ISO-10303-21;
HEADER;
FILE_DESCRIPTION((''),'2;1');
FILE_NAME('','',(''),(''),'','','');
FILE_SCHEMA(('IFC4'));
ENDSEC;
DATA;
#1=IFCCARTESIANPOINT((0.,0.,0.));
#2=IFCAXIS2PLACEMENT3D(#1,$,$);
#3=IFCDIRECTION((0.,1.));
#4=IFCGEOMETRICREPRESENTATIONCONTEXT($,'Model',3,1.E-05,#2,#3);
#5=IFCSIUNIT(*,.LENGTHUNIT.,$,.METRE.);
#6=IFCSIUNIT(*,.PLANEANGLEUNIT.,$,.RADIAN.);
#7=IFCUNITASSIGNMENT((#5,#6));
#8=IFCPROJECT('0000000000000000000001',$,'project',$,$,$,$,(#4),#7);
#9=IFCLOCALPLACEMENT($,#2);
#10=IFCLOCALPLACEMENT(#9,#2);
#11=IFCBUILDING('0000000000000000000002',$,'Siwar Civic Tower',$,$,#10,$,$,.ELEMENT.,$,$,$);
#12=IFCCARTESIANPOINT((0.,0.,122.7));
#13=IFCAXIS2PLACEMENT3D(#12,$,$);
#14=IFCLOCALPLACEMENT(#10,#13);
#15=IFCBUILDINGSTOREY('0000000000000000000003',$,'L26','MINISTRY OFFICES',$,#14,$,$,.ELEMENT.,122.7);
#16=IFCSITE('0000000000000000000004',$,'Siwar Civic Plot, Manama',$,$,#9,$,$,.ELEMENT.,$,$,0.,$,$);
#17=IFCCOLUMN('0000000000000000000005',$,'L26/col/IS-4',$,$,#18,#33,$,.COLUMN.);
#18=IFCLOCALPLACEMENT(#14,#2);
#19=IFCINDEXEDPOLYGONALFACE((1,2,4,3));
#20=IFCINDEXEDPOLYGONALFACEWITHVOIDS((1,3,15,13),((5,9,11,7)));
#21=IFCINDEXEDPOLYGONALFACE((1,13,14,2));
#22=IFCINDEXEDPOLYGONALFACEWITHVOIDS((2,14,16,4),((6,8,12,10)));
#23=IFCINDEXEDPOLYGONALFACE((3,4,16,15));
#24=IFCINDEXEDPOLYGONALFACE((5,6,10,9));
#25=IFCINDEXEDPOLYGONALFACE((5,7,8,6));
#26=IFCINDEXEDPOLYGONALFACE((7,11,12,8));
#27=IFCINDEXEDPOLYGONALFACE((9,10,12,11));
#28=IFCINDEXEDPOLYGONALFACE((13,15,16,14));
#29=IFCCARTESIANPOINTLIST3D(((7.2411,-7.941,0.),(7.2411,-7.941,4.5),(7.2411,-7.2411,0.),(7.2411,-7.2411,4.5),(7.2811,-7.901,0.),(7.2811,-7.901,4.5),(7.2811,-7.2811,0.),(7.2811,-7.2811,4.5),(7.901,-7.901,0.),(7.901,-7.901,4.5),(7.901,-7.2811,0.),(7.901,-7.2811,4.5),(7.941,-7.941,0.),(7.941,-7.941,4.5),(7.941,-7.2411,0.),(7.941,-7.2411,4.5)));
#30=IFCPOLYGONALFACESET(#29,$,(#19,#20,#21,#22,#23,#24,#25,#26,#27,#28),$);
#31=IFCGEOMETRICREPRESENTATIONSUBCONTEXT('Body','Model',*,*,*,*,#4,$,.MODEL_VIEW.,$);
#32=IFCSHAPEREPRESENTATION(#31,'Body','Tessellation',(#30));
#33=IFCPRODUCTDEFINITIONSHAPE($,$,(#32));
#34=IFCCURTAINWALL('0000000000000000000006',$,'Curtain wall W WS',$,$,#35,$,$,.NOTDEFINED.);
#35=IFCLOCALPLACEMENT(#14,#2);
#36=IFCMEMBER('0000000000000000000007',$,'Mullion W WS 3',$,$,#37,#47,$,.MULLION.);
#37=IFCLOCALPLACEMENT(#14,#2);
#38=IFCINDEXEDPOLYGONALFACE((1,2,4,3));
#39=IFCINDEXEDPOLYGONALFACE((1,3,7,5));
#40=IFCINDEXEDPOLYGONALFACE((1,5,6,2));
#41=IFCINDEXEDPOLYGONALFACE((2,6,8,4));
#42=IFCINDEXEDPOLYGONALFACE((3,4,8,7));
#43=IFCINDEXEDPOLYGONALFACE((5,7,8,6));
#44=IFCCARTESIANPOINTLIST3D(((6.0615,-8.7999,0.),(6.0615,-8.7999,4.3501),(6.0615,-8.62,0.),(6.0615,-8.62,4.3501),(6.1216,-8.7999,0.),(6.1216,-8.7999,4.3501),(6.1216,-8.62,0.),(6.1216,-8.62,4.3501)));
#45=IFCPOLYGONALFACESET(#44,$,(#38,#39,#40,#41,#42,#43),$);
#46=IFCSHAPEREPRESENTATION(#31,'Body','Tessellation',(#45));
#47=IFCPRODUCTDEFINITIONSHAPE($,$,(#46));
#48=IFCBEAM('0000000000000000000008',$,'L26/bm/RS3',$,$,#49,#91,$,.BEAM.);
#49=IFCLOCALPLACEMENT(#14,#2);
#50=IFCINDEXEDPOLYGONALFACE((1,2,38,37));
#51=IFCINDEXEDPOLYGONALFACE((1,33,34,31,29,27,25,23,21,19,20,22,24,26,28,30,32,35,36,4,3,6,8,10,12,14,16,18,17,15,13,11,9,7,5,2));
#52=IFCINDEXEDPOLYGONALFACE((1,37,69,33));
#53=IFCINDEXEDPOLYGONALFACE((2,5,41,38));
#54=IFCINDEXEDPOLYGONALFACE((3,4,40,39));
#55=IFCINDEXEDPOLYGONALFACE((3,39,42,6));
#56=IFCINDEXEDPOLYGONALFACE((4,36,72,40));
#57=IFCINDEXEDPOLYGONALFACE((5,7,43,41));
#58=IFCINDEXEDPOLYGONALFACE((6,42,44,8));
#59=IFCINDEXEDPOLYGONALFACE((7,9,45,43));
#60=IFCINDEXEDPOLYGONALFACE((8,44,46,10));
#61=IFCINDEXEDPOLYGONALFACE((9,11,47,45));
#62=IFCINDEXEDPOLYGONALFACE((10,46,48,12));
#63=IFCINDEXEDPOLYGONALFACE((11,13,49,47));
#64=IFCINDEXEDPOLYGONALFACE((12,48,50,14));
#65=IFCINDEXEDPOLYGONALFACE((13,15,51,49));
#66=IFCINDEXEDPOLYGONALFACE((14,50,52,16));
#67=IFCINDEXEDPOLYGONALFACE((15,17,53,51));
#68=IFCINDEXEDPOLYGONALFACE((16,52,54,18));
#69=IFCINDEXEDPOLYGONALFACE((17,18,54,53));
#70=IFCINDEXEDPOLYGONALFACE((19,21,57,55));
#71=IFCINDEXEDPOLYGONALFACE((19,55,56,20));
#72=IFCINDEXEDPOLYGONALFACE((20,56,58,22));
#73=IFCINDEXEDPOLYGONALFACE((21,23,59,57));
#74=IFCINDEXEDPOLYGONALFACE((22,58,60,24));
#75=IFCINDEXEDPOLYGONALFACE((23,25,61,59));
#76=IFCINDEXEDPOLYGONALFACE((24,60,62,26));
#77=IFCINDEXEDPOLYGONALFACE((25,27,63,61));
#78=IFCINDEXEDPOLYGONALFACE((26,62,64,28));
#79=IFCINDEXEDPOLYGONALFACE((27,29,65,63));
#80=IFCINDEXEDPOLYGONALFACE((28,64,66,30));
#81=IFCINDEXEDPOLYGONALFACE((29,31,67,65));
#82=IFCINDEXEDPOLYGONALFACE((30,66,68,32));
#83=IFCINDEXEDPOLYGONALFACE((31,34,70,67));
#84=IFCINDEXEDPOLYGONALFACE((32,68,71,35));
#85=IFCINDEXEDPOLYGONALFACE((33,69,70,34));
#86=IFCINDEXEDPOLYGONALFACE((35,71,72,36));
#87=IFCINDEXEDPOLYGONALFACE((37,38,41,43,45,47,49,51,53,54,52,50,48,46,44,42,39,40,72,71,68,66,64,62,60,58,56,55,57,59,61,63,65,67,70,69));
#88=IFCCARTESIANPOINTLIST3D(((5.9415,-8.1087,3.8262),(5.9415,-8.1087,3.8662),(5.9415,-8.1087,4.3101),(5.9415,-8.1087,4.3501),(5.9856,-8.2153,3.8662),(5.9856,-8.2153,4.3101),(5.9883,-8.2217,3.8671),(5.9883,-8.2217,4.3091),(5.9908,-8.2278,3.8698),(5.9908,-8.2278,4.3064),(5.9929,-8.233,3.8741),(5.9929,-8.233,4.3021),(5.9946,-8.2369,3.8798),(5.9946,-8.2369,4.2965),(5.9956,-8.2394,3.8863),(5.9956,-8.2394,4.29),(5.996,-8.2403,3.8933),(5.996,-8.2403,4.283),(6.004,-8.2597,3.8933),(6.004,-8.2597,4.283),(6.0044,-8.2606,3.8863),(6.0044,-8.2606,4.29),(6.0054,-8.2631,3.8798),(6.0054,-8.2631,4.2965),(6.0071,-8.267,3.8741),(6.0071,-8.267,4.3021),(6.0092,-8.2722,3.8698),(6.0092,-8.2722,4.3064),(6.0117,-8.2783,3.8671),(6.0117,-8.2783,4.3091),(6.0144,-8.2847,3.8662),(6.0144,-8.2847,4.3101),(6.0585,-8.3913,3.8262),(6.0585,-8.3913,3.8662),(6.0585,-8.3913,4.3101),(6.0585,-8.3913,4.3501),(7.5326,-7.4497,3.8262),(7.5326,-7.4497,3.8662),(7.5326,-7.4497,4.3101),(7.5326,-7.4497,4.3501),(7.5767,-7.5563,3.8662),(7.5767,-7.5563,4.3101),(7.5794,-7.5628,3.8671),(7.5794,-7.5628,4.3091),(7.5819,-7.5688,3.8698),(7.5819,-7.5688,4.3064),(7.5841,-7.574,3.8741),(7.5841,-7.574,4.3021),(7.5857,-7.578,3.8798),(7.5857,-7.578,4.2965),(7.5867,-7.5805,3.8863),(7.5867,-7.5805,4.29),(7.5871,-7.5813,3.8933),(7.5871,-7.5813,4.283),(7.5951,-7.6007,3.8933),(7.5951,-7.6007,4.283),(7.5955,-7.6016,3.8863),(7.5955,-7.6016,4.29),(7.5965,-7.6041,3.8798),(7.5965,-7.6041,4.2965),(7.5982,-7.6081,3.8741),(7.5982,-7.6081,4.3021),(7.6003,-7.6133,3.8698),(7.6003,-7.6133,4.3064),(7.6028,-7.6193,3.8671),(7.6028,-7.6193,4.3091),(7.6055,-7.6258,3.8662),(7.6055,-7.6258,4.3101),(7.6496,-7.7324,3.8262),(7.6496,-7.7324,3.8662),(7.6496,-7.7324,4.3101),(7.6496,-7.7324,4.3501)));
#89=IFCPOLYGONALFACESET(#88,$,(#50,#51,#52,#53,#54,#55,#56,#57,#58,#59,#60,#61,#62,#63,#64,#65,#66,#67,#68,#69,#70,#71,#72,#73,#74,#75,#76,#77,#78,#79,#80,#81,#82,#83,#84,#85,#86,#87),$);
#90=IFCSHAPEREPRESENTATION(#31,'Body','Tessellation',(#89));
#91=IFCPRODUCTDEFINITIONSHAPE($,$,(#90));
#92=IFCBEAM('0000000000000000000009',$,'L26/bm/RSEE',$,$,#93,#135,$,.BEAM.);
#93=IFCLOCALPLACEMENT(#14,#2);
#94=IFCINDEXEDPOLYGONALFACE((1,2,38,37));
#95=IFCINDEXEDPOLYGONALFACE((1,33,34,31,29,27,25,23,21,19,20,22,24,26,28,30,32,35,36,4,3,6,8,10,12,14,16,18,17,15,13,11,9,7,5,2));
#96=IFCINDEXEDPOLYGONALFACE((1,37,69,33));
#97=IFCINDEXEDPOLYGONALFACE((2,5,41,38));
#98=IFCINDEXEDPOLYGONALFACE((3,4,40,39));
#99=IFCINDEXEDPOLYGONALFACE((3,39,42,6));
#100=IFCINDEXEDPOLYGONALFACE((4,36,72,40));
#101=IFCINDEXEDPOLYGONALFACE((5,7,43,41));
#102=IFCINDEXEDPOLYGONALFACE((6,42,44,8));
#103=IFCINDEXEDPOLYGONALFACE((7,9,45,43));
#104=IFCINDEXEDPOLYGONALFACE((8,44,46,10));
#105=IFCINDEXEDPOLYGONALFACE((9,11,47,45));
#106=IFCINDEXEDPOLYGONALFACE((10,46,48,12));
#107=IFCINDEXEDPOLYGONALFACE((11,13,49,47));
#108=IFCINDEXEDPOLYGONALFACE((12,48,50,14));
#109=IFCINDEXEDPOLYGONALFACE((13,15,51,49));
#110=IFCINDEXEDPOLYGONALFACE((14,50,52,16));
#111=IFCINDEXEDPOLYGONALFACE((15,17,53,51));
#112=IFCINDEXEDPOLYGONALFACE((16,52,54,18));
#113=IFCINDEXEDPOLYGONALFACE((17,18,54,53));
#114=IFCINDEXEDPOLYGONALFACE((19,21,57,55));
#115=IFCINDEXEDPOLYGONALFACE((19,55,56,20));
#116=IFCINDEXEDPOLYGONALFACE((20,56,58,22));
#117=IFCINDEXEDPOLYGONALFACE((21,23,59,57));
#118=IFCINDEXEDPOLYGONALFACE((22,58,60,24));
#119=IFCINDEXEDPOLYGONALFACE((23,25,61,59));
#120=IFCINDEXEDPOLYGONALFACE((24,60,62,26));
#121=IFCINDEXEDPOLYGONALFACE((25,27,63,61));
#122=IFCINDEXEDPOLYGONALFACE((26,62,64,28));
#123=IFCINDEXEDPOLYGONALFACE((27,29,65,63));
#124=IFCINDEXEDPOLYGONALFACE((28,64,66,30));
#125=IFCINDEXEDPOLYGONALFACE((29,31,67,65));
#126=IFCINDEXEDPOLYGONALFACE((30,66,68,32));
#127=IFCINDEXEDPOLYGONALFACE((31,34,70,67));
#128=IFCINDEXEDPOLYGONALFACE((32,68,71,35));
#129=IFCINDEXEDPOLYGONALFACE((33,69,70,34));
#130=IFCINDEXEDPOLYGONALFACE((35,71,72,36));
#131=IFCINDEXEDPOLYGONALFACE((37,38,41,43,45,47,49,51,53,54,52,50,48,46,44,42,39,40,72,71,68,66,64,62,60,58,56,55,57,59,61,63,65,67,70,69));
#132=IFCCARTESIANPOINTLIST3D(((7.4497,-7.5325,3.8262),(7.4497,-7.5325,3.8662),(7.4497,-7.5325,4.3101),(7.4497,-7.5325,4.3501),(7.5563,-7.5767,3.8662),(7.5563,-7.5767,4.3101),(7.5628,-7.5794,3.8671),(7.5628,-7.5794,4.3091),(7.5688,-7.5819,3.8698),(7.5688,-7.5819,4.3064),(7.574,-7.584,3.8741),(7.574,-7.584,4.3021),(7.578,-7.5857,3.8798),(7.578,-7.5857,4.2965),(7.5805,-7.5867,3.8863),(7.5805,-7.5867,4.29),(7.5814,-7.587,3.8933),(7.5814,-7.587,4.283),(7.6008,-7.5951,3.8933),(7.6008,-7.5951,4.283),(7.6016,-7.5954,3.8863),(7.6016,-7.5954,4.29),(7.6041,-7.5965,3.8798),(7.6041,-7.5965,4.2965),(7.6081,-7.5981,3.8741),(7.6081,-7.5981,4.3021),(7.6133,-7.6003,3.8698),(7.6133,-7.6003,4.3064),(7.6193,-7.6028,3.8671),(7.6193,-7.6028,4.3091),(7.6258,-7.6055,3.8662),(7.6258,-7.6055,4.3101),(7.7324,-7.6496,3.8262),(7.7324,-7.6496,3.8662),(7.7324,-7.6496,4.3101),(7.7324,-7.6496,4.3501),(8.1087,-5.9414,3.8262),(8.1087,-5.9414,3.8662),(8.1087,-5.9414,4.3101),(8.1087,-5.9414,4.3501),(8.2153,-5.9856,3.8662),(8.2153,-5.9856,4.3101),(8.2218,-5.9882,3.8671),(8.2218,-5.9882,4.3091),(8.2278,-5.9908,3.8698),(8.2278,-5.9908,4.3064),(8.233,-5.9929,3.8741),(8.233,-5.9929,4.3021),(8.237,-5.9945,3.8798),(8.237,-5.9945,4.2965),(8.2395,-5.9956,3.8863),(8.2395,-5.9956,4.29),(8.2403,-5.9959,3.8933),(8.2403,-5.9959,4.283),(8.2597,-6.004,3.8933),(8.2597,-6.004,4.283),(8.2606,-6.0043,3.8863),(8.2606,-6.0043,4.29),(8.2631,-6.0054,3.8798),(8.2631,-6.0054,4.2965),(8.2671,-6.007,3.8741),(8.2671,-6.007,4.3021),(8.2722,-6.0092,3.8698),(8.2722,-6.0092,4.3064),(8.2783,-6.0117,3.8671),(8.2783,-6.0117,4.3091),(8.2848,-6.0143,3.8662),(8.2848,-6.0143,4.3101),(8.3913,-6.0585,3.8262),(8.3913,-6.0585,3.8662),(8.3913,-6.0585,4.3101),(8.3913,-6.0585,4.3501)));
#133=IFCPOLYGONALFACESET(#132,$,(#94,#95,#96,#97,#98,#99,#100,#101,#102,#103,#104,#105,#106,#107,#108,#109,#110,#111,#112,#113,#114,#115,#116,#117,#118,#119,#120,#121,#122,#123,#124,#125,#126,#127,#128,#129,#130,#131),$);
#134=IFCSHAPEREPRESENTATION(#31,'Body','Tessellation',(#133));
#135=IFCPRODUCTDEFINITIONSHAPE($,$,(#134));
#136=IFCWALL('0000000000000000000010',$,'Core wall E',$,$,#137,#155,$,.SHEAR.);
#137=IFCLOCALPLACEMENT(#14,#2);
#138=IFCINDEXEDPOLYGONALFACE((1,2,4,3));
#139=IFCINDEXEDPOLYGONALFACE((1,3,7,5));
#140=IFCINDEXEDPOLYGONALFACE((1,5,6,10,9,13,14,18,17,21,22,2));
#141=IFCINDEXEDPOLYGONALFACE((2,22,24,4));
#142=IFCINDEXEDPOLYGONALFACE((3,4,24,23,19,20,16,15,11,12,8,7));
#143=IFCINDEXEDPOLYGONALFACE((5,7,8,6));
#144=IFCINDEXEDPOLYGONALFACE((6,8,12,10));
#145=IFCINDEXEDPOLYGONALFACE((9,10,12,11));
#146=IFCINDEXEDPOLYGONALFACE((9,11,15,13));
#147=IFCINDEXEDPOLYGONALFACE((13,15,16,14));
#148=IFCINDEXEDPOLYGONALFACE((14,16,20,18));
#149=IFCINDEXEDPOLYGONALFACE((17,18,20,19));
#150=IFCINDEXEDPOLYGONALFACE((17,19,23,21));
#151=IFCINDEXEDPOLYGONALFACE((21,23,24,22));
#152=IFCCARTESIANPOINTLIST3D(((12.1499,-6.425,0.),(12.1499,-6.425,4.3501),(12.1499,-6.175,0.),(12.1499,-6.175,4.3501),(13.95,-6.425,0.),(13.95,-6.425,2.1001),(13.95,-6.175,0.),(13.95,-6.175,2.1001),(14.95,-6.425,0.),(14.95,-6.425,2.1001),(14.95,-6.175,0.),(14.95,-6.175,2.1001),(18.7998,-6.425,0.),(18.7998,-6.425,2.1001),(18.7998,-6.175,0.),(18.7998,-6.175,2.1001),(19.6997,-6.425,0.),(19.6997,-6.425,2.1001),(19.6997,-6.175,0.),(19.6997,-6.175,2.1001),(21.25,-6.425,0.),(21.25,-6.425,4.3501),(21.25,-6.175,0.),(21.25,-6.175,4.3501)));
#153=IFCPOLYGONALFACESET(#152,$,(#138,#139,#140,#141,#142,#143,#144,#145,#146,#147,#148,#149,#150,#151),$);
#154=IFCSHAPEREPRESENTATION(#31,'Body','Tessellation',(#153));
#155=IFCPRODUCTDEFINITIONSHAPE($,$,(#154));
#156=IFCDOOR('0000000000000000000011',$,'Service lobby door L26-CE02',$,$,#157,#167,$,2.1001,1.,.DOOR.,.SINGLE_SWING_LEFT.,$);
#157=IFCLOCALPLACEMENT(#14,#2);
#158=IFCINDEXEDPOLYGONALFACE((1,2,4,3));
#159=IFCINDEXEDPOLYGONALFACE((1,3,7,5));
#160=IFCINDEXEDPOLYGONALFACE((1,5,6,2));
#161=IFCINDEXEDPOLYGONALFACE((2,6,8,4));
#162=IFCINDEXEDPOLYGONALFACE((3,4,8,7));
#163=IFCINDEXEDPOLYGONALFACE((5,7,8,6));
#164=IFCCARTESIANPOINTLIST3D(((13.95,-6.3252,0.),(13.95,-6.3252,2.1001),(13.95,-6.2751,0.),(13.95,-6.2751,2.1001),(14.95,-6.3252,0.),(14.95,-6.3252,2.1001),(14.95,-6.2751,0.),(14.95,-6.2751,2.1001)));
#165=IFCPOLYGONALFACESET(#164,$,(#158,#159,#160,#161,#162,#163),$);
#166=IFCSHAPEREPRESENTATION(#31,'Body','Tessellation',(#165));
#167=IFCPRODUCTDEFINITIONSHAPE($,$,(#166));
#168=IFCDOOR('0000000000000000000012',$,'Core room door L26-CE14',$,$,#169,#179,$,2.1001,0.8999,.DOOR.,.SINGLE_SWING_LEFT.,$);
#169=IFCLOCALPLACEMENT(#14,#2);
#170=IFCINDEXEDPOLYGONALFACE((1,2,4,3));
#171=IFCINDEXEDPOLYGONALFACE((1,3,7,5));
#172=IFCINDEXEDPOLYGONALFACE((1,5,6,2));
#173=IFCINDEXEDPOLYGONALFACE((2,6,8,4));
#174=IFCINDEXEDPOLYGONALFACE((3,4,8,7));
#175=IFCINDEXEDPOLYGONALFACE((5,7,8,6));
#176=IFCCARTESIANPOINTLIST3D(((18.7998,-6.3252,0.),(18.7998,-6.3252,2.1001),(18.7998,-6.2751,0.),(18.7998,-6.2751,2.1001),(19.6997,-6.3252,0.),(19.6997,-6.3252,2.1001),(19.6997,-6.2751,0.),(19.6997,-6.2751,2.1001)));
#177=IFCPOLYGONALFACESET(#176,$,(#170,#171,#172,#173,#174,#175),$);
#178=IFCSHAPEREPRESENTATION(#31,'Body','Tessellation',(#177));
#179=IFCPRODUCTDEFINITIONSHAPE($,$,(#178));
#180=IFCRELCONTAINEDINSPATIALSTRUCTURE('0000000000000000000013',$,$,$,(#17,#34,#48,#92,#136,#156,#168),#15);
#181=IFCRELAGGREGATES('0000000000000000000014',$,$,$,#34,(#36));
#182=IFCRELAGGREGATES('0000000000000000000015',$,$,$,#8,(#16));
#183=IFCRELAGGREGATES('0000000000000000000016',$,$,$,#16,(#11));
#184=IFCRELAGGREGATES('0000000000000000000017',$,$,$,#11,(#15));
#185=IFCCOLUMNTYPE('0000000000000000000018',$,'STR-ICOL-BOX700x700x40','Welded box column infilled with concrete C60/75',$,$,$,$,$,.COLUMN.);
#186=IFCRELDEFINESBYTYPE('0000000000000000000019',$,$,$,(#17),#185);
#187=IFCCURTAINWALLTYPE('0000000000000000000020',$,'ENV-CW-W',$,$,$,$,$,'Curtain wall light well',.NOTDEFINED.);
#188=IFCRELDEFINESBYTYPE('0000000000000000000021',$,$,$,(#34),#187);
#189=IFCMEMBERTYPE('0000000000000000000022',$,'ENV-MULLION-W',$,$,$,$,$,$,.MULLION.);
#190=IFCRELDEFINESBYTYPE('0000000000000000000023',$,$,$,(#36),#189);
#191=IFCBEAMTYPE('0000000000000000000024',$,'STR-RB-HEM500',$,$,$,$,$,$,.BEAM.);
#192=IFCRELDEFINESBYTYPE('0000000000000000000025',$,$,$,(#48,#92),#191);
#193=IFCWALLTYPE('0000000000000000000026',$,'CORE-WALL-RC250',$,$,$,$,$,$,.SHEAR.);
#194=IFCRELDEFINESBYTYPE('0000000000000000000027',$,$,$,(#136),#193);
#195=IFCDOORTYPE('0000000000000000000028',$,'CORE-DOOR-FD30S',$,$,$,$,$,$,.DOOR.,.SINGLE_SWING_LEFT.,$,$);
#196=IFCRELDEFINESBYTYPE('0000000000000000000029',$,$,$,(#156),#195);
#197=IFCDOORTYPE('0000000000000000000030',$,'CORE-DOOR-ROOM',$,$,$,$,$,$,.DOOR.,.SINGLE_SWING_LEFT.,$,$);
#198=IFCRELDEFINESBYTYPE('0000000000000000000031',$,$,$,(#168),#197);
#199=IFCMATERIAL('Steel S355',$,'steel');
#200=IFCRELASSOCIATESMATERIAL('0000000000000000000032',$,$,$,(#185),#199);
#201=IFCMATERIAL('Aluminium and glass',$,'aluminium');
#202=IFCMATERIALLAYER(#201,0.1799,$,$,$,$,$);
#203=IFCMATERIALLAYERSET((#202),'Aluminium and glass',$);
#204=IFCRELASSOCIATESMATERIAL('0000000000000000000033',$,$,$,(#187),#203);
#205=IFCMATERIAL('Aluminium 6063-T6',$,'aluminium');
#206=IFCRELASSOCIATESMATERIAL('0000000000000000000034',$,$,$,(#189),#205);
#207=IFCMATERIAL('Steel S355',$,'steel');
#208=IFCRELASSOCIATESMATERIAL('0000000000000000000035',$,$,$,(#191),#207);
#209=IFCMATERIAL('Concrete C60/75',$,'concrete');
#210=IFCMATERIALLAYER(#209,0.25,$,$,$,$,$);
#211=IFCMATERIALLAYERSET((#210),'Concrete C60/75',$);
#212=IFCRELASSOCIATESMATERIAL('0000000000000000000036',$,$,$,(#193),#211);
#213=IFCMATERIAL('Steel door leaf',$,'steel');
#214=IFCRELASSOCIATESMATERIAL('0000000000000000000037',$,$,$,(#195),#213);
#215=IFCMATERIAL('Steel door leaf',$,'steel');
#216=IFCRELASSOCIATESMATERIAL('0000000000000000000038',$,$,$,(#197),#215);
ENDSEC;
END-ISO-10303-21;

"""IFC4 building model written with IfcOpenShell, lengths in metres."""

from ifc_helpers import new_model, si_unit, direction, frame, frame_2d, origin, origin_2d, place, context, subcontext, project, spatial, rectangle, hollow_rectangle, i_section, extrude, material, layer, layer_set, material_profile, profile_set, type_object, element, fill, aggregate, save


model = new_model("IFC4")

# Units and contexts
model_context = context("Model", 3, precision=1e-05, world=origin(), true_north=direction((0.0, 1.0)))
body_context = subcontext(model_context, "Body", "Model", "MODEL_VIEW")
ifc_project = project(units=[si_unit("LENGTHUNIT", "METRE"), si_unit("PLANEANGLEUNIT", "RADIAN")], contexts=[model_context])

# Site, building, storey
site_placement = place(None, origin())
site = spatial("IfcSite", under=ifc_project, at=site_placement, Name="Siwar Civic Plot, Manama", CompositionType="ELEMENT", RefElevation=0.0)
building_placement = place(site_placement, origin())
building = spatial("IfcBuilding", under=site, at=building_placement, Name="Siwar Civic Tower", CompositionType="ELEMENT")
storey_placement = place(building_placement, frame((0.0, 0.0, 122.7)))
storey = spatial("IfcBuildingStorey", under=building, at=storey_placement, Name="L26", Description="MINISTRY OFFICES", CompositionType="ELEMENT", Elevation=122.7)

# Column
ifc_material_1 = material(Name="Steel S355", Category="steel")
ifc_material_profile_1 = material_profile(ifc_material_1, hollow_rectangle(XDim=0.7, YDim=0.7, WallThickness=0.04, at=origin_2d()), Name="BOX700x700x40")
ifc_profile_set_1 = profile_set([ifc_material_profile_1], Name="Steel S355")
column_type = type_object("IfcColumnType", Name="STR-ICOL-BOX700x700x40", Description="Welded box column infilled with concrete C60/75", PredefinedType="COLUMN", material=ifc_profile_set_1)
column_placement = place(storey_placement, frame((7.5911, -7.5911, 0.0), z_axis=(0.0, 0.0, 1.0), x_axis=(1.0, 0.0, 0.0)))
element("IfcColumn", 1, at=column_placement, inside=storey, type_object=column_type, Name="L26/col/IS-4", PredefinedType="COLUMN", context=body_context, shape_type="SweptSolid", body=[
    extrude(hollow_rectangle(XDim=0.7, YDim=0.7, WallThickness=0.04, at=origin_2d()), origin(), (0.0, 0.0, 1.0), 4.5),
])

# Curtain wall, member
ifc_material_2 = material(Name="Aluminium and glass", Category="aluminium")
ifc_layer_1 = layer(ifc_material_2, 0.1799)
ifc_layer_set_1 = layer_set([ifc_layer_1], Name="Aluminium and glass")
curtain_wall_type = type_object("IfcCurtainWallType", Name="ENV-CW-W", ElementType="Curtain wall light well", PredefinedType="NOTDEFINED", material=ifc_layer_set_1)
curtain_wall_placement = place(storey_placement, origin())
curtain_wall = element("IfcCurtainWall", 2, at=curtain_wall_placement, inside=storey, type_object=curtain_wall_type, Name="Curtain wall W WS", PredefinedType="NOTDEFINED")
ifc_material_3 = material(Name="Aluminium 6063-T6", Category="aluminium")
ifc_material_profile_2 = material_profile(ifc_material_3, rectangle(XDim=0.1799, YDim=0.0601, at=origin_2d()), Name="AL 180x60")
ifc_profile_set_2 = profile_set([ifc_material_profile_2], Name="Aluminium 6063-T6")
member_type = type_object("IfcMemberType", Name="ENV-MULLION-W", PredefinedType="MULLION", material=ifc_profile_set_2)
member_placement = place(storey_placement, frame((6.0916, -8.71, 0.0), z_axis=(0.0, 0.0, 1.0), x_axis=(0.0, 1.0, 0.0)))
member = element("IfcMember", 3, at=member_placement, type_object=member_type, Name="Mullion W WS 3", PredefinedType="MULLION", context=body_context, shape_type="SweptSolid", body=[
    extrude(rectangle(XDim=0.1799, YDim=0.0601, at=origin_2d()), origin(), (0.0, 0.0, 1.0), 4.3501),
])
aggregate(curtain_wall, [member])

# Beams
ifc_material_4 = material(Name="Steel S355", Category="steel")
ifc_material_profile_3 = material_profile(ifc_material_4, i_section(OverallWidth=0.3059, OverallDepth=0.5239, WebThickness=0.021, FlangeThickness=0.04, FilletRadius=0.0271, at=origin_2d()), Name="HEM500")
ifc_profile_set_3 = profile_set([ifc_material_profile_3], Name="Steel S355")
beam_type = type_object("IfcBeamType", Name="STR-RB-HEM500", PredefinedType="BEAM", material=ifc_profile_set_3)
for number, where, z_axis, x_axis, name in (
    (4, (6.0, -8.25, 4.0881), (0.923901, 0.382631, 0.0), (-0.382631, 0.923901, 0.0), "L26/bm/RS3"),
    (5, (7.5911, -7.5911, 4.0881), (0.382631, 0.923901, 0.0), (-0.923901, 0.382631, 0.0), "L26/bm/RSEE"),
):
    element("IfcBeam", number, at=place(storey_placement, frame(where, z_axis=z_axis, x_axis=x_axis)), inside=storey, type_object=beam_type, Name=name, PredefinedType="BEAM", context=body_context, shape_type="SweptSolid", body=[
        extrude(i_section(OverallWidth=0.3059, OverallDepth=0.5239, WebThickness=0.021, FlangeThickness=0.04, FilletRadius=0.0271, at=origin_2d()), origin(), (0.0, 0.0, 1.0), 1.7222),
    ])

# Wall, openings, doors
ifc_material_5 = material(Name="Concrete C60/75", Category="concrete")
ifc_layer_2 = layer(ifc_material_5, 0.25)
ifc_layer_set_2 = layer_set([ifc_layer_2], Name="Concrete C60/75")
wall_type_1 = type_object("IfcWallType", Name="CORE-WALL-RC250", PredefinedType="SHEAR", material=ifc_layer_set_2)
wall_1_placement = place(storey_placement, frame((12.1499, -6.3, 0.0), z_axis=(0.0, 0.0, 1.0), x_axis=(1.0, 0.0, 0.0)))
wall_1 = element("IfcWall", 6, at=wall_1_placement, inside=storey, type_object=wall_type_1, Name="Core wall E", PredefinedType="SHEAR", context=body_context, shape_type="SweptSolid", body=[
    extrude(rectangle(XDim=9.1001, YDim=0.25, at=frame_2d((4.55, 0.0))), origin(), (0.0, 0.0, 1.0), 4.3501),
])
opening_1_placement = place(wall_1_placement, frame((1.8, 0.0, 0.0)))
opening_1 = element("IfcOpeningElement", 7, at=opening_1_placement, cuts=wall_1, PredefinedType="OPENING", context=body_context, shape_type="SweptSolid", body=[
    extrude(rectangle(XDim=1.0, YDim=2.1001, at=frame_2d((0.5, 1.05))), frame((0.0, 0.135, 0.0), z_axis=(0.0, -1.0, 0.0), x_axis=(1.0, 0.0, 0.0)), (0.0, 0.0, 1.0), 0.27),
])
opening_2_placement = place(wall_1_placement, frame((6.6499, 0.0, 0.0)))
opening_2 = element("IfcOpeningElement", 8, at=opening_2_placement, cuts=wall_1, PredefinedType="OPENING", context=body_context, shape_type="SweptSolid", body=[
    extrude(rectangle(XDim=0.8999, YDim=2.1001, at=frame_2d((0.45, 1.05))), frame((0.0, 0.135, 0.0), z_axis=(0.0, -1.0, 0.0), x_axis=(1.0, 0.0, 0.0)), (0.0, 0.0, 1.0), 0.27),
])
ifc_material_6 = material(Name="Steel door leaf", Category="steel")
door_type_1 = type_object("IfcDoorType", Name="CORE-DOOR-FD30S", OperationType="SINGLE_SWING_LEFT", PredefinedType="DOOR", material=ifc_material_6)
door_1_placement = place(opening_1_placement, origin())
door_1 = element("IfcDoor", 9, at=door_1_placement, inside=storey, type_object=door_type_1, Name="Service lobby door L26-CE02", OperationType="SINGLE_SWING_LEFT", OverallHeight=2.1001, OverallWidth=1.0, PredefinedType="DOOR", context=body_context, shape_type="SweptSolid", body=[
    extrude(rectangle(XDim=1.0, YDim=2.1001, at=frame_2d((0.5, 1.05))), frame((0.0, 0.0249, 0.0), z_axis=(0.0, -1.0, 0.0), x_axis=(1.0, 0.0, 0.0)), (0.0, 0.0, 1.0), 0.05),
])
fill(opening_1, door_1)
ifc_material_7 = material(Name="Steel door leaf", Category="steel")
door_type_2 = type_object("IfcDoorType", Name="CORE-DOOR-ROOM", OperationType="SINGLE_SWING_LEFT", PredefinedType="DOOR", material=ifc_material_7)
door_2_placement = place(opening_2_placement, origin())
door_2 = element("IfcDoor", 10, at=door_2_placement, inside=storey, type_object=door_type_2, Name="Core room door L26-CE14", OperationType="SINGLE_SWING_LEFT", OverallHeight=2.1001, OverallWidth=0.8999, PredefinedType="DOOR", context=body_context, shape_type="SweptSolid", body=[
    extrude(rectangle(XDim=0.8999, YDim=2.1001, at=frame_2d((0.45, 1.05))), frame((0.0, 0.0249, 0.0), z_axis=(0.0, -1.0, 0.0), x_axis=(1.0, 0.0, 0.0)), (0.0, 0.0, 1.0), 0.05),
])
fill(opening_2, door_2)

save(model, "model.ifc")
